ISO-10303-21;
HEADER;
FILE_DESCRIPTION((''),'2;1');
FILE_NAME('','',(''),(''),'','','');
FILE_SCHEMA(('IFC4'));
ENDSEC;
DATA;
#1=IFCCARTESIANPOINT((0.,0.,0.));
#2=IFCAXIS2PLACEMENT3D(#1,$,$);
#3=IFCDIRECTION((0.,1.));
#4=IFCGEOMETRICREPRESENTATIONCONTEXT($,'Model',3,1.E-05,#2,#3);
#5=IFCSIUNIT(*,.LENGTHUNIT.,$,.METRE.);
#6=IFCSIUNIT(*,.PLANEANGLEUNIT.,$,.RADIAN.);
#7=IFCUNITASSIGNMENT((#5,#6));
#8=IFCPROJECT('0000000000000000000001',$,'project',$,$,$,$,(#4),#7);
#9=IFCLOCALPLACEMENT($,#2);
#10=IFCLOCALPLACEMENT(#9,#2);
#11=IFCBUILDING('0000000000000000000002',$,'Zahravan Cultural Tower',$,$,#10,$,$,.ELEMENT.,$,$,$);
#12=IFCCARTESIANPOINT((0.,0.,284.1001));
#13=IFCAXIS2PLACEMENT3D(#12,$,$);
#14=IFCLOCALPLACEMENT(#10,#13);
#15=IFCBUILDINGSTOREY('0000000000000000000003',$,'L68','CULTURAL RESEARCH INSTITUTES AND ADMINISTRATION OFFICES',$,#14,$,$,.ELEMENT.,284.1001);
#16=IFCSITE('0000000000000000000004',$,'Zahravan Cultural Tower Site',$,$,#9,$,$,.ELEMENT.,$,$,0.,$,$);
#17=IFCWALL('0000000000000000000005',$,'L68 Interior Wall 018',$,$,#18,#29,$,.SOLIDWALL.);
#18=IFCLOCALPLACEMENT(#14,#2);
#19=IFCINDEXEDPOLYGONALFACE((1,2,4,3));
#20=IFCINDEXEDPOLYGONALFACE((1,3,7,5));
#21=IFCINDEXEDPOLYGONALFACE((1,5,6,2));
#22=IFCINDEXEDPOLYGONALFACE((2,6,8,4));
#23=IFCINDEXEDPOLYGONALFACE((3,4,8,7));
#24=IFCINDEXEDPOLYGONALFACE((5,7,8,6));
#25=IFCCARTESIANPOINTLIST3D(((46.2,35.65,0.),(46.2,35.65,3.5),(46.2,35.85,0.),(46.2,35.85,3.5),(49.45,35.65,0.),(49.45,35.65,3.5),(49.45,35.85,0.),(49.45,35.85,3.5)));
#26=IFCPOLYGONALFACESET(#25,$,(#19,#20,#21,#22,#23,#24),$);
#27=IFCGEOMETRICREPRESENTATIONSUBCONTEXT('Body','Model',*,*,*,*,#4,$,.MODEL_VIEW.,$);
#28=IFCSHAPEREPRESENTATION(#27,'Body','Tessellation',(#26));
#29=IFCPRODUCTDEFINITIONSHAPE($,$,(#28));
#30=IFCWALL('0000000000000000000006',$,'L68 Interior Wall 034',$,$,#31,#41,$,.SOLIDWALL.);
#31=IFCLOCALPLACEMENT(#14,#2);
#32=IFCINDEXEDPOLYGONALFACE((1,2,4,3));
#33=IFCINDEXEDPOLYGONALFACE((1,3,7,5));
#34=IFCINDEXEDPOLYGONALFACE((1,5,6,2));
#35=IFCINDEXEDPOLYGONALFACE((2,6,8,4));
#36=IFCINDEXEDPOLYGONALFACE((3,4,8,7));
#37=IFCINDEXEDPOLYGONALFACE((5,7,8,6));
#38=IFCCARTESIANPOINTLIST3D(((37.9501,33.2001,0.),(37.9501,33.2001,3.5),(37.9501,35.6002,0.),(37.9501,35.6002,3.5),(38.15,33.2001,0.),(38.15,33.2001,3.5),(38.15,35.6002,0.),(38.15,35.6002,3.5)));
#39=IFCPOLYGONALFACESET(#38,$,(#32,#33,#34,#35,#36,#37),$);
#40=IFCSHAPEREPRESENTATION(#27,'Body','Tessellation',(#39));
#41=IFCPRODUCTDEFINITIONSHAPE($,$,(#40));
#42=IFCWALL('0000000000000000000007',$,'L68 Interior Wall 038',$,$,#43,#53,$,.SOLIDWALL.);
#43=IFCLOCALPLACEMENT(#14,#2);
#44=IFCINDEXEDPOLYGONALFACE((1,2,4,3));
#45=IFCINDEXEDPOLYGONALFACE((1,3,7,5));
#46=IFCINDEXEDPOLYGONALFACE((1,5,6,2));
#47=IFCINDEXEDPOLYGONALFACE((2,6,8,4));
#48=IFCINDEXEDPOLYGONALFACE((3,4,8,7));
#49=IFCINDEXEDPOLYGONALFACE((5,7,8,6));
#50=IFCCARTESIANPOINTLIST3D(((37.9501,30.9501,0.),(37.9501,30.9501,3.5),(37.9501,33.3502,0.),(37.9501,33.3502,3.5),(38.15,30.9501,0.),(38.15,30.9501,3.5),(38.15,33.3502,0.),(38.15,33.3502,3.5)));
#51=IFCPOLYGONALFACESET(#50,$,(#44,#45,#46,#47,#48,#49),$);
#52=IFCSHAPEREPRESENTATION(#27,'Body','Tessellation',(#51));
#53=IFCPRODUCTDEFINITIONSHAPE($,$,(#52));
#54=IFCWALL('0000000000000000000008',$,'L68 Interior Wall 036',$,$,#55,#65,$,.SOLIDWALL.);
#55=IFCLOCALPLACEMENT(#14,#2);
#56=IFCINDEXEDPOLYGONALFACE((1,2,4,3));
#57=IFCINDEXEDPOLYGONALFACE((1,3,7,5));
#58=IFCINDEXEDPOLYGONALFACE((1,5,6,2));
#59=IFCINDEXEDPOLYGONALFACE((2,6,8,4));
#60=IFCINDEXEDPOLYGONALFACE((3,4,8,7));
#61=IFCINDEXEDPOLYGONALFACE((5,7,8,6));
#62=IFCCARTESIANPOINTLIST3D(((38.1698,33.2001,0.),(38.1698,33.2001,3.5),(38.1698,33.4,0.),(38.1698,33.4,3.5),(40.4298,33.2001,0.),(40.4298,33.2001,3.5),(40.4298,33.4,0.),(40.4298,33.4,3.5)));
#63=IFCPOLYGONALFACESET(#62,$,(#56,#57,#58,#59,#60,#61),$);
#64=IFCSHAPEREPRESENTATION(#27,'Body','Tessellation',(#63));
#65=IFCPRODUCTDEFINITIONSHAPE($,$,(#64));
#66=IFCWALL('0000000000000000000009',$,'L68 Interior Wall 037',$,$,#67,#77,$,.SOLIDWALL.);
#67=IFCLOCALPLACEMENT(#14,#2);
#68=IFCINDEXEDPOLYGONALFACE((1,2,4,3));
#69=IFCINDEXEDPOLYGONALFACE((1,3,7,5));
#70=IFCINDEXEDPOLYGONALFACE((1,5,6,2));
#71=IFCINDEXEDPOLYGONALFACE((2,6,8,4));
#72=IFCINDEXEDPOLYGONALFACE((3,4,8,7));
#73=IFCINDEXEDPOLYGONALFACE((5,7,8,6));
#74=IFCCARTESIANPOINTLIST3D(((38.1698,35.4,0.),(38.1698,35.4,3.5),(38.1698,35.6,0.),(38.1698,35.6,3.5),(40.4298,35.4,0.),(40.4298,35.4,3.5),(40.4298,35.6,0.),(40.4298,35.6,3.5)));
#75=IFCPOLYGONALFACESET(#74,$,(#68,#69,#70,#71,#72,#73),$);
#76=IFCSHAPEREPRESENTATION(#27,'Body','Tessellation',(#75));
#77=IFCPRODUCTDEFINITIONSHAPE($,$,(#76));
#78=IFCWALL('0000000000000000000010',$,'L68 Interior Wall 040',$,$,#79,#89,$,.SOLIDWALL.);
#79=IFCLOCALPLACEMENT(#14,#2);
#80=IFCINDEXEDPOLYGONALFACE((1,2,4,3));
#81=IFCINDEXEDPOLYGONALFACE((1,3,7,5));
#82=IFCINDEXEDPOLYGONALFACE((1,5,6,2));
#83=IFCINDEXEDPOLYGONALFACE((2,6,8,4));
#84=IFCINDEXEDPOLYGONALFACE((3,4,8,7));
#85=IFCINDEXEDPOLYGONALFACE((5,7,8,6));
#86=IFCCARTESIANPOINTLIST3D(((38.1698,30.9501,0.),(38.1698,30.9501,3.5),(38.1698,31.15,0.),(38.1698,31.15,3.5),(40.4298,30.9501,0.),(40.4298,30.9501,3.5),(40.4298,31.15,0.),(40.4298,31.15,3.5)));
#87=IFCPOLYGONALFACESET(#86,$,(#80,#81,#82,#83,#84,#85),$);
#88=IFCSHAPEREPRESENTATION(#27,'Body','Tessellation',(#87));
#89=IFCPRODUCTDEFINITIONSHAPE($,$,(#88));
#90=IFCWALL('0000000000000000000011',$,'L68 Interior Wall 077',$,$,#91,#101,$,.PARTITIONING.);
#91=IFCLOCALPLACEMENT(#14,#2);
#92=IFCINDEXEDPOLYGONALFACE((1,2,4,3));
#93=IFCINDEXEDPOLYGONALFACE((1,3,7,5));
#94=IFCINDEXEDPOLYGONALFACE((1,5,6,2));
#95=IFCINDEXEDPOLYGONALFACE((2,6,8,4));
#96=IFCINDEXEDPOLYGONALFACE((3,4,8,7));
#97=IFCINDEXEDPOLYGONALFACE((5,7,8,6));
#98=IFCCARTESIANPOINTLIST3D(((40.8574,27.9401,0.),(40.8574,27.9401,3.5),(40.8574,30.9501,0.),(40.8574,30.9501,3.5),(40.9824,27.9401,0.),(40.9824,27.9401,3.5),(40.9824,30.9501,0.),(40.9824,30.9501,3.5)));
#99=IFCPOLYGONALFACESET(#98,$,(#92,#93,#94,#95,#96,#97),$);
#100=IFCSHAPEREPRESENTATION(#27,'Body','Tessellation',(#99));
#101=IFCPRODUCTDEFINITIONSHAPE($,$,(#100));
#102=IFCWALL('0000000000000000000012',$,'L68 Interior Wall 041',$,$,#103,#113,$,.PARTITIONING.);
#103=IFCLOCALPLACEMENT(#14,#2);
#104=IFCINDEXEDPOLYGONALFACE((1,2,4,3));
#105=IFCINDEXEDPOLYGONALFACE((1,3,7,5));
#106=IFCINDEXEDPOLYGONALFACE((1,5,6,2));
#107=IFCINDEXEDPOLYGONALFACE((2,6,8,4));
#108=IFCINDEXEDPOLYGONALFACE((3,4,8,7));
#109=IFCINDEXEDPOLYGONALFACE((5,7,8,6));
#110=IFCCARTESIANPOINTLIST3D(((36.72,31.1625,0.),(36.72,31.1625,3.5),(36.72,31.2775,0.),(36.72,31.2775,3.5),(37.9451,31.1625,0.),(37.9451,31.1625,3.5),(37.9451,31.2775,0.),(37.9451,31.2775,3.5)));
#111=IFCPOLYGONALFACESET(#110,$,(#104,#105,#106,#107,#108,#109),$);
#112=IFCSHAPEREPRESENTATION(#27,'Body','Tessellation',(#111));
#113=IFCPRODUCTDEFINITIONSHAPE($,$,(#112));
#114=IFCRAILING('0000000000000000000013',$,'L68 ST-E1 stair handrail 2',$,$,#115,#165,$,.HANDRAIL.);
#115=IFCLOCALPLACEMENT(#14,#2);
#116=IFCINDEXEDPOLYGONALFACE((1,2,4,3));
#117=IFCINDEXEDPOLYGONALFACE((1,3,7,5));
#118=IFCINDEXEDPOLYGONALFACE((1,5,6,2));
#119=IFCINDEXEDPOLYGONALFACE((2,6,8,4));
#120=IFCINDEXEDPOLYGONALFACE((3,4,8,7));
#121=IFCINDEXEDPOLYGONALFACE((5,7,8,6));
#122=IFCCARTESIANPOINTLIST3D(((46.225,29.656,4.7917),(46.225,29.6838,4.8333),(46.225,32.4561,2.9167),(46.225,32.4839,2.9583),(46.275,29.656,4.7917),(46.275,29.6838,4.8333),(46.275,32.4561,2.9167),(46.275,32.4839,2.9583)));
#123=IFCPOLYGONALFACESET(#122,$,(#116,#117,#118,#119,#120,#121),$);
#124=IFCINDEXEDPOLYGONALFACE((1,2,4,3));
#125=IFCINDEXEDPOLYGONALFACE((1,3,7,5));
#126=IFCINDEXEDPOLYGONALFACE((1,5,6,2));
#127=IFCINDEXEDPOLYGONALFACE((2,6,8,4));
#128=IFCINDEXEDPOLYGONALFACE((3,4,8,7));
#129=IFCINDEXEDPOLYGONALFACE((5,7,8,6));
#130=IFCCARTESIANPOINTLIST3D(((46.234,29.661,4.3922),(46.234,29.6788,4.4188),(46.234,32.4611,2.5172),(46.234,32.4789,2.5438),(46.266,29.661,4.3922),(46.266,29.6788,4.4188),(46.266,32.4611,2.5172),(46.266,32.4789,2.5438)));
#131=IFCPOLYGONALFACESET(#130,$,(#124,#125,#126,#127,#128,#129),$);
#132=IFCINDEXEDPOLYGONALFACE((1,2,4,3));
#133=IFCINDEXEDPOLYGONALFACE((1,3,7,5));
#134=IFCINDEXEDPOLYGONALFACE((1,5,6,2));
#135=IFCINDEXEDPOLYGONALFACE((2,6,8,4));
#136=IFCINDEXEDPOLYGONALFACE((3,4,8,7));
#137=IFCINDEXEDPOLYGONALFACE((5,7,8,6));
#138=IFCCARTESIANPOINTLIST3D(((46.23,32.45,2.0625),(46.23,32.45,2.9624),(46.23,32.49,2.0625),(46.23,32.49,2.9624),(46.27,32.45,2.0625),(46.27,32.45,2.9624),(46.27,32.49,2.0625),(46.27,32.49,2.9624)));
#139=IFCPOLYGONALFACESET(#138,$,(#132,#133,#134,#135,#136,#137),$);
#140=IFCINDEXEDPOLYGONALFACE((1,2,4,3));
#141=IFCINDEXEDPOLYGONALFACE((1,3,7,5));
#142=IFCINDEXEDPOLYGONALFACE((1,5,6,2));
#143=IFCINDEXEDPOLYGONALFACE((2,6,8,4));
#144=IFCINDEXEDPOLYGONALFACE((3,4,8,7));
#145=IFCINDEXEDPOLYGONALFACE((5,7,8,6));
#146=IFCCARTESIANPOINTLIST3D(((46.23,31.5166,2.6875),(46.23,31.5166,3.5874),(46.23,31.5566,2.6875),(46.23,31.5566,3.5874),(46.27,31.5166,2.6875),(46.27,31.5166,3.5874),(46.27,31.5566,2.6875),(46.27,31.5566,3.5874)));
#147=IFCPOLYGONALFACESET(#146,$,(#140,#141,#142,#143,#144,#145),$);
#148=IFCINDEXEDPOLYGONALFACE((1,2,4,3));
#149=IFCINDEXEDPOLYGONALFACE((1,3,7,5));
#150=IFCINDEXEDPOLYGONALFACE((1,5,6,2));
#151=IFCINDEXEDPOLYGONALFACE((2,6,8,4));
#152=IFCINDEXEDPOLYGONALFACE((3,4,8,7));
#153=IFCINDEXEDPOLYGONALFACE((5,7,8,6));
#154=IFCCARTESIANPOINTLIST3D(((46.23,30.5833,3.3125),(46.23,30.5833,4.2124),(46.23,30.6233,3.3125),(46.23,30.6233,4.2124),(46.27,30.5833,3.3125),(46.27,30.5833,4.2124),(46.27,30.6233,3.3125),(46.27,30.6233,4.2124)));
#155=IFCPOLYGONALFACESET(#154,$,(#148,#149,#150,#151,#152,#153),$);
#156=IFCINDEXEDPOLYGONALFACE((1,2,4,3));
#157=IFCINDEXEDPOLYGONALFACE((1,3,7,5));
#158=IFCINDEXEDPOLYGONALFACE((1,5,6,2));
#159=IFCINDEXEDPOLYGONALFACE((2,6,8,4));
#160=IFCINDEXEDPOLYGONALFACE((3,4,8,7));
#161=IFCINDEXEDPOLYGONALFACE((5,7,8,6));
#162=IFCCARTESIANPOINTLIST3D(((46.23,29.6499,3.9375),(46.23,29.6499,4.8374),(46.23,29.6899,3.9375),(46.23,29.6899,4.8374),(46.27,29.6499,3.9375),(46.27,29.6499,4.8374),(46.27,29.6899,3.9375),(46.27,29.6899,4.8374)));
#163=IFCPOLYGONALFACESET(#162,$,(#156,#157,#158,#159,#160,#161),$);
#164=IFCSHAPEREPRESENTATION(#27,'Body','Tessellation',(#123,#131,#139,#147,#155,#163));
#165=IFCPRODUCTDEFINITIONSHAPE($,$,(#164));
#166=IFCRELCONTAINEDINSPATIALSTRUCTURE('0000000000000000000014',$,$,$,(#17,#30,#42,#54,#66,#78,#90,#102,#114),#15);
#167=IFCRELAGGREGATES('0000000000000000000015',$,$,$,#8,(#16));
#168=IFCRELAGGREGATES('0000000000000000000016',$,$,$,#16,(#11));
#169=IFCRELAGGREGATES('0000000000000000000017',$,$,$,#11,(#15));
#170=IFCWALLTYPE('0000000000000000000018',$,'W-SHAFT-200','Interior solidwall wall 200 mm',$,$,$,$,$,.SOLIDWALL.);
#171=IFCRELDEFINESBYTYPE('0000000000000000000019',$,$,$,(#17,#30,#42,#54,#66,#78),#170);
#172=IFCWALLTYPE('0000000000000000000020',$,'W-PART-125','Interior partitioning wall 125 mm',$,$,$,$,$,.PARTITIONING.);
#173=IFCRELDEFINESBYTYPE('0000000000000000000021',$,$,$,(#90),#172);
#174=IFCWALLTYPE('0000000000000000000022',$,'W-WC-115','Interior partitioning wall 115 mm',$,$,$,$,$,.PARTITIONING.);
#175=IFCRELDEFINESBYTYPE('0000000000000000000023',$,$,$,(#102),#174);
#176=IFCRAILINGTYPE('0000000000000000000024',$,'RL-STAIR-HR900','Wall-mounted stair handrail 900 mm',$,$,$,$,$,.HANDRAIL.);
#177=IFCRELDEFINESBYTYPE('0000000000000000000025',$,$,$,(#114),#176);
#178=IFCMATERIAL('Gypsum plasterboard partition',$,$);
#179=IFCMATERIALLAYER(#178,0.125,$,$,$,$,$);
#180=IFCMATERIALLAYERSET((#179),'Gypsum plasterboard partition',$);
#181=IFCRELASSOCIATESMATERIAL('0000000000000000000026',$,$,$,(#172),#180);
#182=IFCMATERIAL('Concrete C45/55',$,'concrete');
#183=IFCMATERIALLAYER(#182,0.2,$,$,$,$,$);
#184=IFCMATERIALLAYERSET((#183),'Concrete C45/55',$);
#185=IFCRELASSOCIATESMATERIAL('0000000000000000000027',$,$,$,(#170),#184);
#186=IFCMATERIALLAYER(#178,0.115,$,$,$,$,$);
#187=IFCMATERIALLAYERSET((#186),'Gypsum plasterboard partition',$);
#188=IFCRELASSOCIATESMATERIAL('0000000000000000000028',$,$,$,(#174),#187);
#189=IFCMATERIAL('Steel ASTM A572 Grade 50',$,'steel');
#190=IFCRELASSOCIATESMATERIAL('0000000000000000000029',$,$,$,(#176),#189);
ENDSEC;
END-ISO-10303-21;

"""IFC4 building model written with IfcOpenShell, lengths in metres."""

from ifc_helpers import new_model, si_unit, direction, frame, frame_2d, origin, origin_2d, place, context, subcontext, project, spatial, rectangle, extrude, source, transform, mapped, material, layer, layer_set, type_object, element, save


model = new_model("IFC4")

# Units and contexts
model_context = context("Model", 3, precision=1e-05, world=origin(), true_north=direction((0.0, 1.0)))
body_context = subcontext(model_context, "Body", "Model", "MODEL_VIEW")
ifc_project = project(units=[si_unit("LENGTHUNIT", "METRE"), si_unit("PLANEANGLEUNIT", "RADIAN")], contexts=[model_context])

# Site, building, storey
site_placement = place(None, origin())
site = spatial("IfcSite", under=ifc_project, at=site_placement, Name="Zahravan Cultural Tower Site", CompositionType="ELEMENT", RefElevation=0.0)
building_placement = place(site_placement, origin())
building = spatial("IfcBuilding", under=site, at=building_placement, Name="Zahravan Cultural Tower", CompositionType="ELEMENT")
storey_placement = place(building_placement, frame((0.0, 0.0, 284.1001)))
storey = spatial("IfcBuildingStorey", under=building, at=storey_placement, Name="L68", Description="CULTURAL RESEARCH INSTITUTES AND ADMINISTRATION OFFICES", CompositionType="ELEMENT", Elevation=284.1001)

# Shared definitions
ifc_material_1 = material(Name="Steel ASTM A572 Grade 50", Category="steel")
ifc_material_2 = material(Name="Gypsum plasterboard partition")
ifc_layer_1 = layer(ifc_material_2, 0.125)
ifc_layer_set_1 = layer_set([ifc_layer_1], Name="Gypsum plasterboard partition")
wall_type_1 = type_object("IfcWallType", Name="W-PART-125", Description="Interior partitioning wall 125 mm", PredefinedType="PARTITIONING", material=ifc_layer_set_1)
ifc_material_3 = material(Name="Concrete C45/55", Category="concrete")
ifc_layer_2 = layer(ifc_material_3, 0.2)
ifc_layer_set_2 = layer_set([ifc_layer_2], Name="Concrete C45/55")
wall_type_2 = type_object("IfcWallType", Name="W-SHAFT-200", Description="Interior solidwall wall 200 mm", PredefinedType="SOLIDWALL", material=ifc_layer_set_2)
ifc_layer_3 = layer(ifc_material_2, 0.115)
ifc_layer_set_3 = layer_set([ifc_layer_3], Name="Gypsum plasterboard partition")
wall_type_3 = type_object("IfcWallType", Name="W-WC-115", Description="Interior partitioning wall 115 mm", PredefinedType="PARTITIONING", material=ifc_layer_set_3)

# Walls
shared_shape_1 = source(origin(), body_context, "Body", "SweptSolid", [
    extrude(rectangle(XDim=3.25, YDim=0.2, at=frame_2d((1.625, 0.0))), origin(), (0.0, 0.0, 1.0), 3.5),
])
wall_1_placement = place(storey_placement, frame((46.2, 35.75, 0.0), z_axis=(0.0, 0.0, 1.0), x_axis=(1.0, 0.0, 0.0)))
element("IfcWall", 1, at=wall_1_placement, inside=storey, type_object=wall_type_2, Name="L68 Interior Wall 018", PredefinedType="SOLIDWALL", context=body_context, shape_type="MappedRepresentation", body=[
    mapped(shared_shape_1, transform((0.0, 0.0, 0.0), x_axis=(1.0, 0.0, 0.0), y_axis=(0.0, 1.0, 0.0), z_axis=(0.0, 0.0, 1.0), scale=1.0)),
])
shared_shape_2 = source(origin(), body_context, "Body", "SweptSolid", [
    extrude(rectangle(XDim=2.4001, YDim=0.2, at=frame_2d((1.2002, 0.0))), origin(), (0.0, 0.0, 1.0), 3.5),
])
for number, where, z_axis, x_axis, name in (
    (2, (38.05, 33.2, 0.0), (0.0, 0.0, 1.0), (0.0, 1.0, 0.0), "L68 Interior Wall 034"),
    (3, (38.05, 30.95, 0.0), (0.0, 0.0, 1.0), (0.0, 1.0, 0.0), "L68 Interior Wall 038"),
):
    element("IfcWall", number, at=place(storey_placement, frame(where, z_axis=z_axis, x_axis=x_axis)), inside=storey, type_object=wall_type_2, Name=name, PredefinedType="SOLIDWALL", context=body_context, shape_type="MappedRepresentation", body=[
        mapped(shared_shape_2, transform((0.0, 0.0, 0.0), x_axis=(1.0, 0.0, 0.0), y_axis=(0.0, 1.0, 0.0), z_axis=(0.0, 0.0, 1.0), scale=1.0)),
    ])
shared_shape_3 = source(origin(), body_context, "Body", "SweptSolid", [
    extrude(rectangle(XDim=2.26, YDim=0.2, at=frame_2d((1.1299, 0.0))), origin(), (0.0, 0.0, 1.0), 3.5),
])
for number, where, z_axis, x_axis, name in (
    (4, (38.1699, 33.3, 0.0), (0.0, 0.0, 1.0), (1.0, 0.0, 0.0), "L68 Interior Wall 036"),
    (5, (38.1699, 35.5, 0.0), (0.0, 0.0, 1.0), (1.0, 0.0, 0.0), "L68 Interior Wall 037"),
    (6, (38.1699, 31.05, 0.0), (0.0, 0.0, 1.0), (1.0, 0.0, 0.0), "L68 Interior Wall 040"),
):
    element("IfcWall", number, at=place(storey_placement, frame(where, z_axis=z_axis, x_axis=x_axis)), inside=storey, type_object=wall_type_2, Name=name, PredefinedType="SOLIDWALL", context=body_context, shape_type="MappedRepresentation", body=[
        mapped(shared_shape_3, transform((0.0, 0.0, 0.0), x_axis=(1.0, 0.0, 0.0), y_axis=(0.0, 1.0, 0.0), z_axis=(0.0, 0.0, 1.0), scale=1.0)),
    ])
shared_shape_4 = source(origin(), body_context, "Body", "SweptSolid", [
    extrude(rectangle(XDim=3.01, YDim=0.125, at=frame_2d((1.5049, 0.0))), origin(), (0.0, 0.0, 1.0), 3.5),
])
wall_2_placement = place(storey_placement, frame((40.9199, 30.95, 0.0), z_axis=(0.0, 0.0, 1.0), x_axis=(0.0, -1.0, 0.0)))
element("IfcWall", 7, at=wall_2_placement, inside=storey, type_object=wall_type_1, Name="L68 Interior Wall 077", PredefinedType="PARTITIONING", context=body_context, shape_type="MappedRepresentation", body=[
    mapped(shared_shape_4, transform((0.0, 0.0, 0.0), x_axis=(1.0, 0.0, 0.0), y_axis=(0.0, 1.0, 0.0), z_axis=(0.0, 0.0, 1.0), scale=1.0)),
])
shared_shape_5 = source(origin(), body_context, "Body", "SweptSolid", [
    extrude(rectangle(XDim=1.2251, YDim=0.115, at=frame_2d((0.6125, 0.0))), origin(), (0.0, 0.0, 1.0), 3.5),
])
wall_3_placement = place(storey_placement, frame((37.9451, 31.22, 0.0), z_axis=(0.0, 0.0, 1.0), x_axis=(-1.0, 0.0, 0.0)))
element("IfcWall", 8, at=wall_3_placement, inside=storey, type_object=wall_type_3, Name="L68 Interior Wall 041", PredefinedType="PARTITIONING", context=body_context, shape_type="MappedRepresentation", body=[
    mapped(shared_shape_5, transform((0.0, 0.0, 0.0), x_axis=(1.0, 0.0, 0.0), y_axis=(0.0, 1.0, 0.0), z_axis=(0.0, 0.0, 1.0), scale=1.0)),
])

# Railing
railing_type = type_object("IfcRailingType", Name="RL-STAIR-HR900", Description="Wall-mounted stair handrail 900 mm", PredefinedType="HANDRAIL", material=ifc_material_1)
railing_placement = place(storey_placement, frame((46.25, 32.47, 2.0625)))
element("IfcRailing", 9, at=railing_placement, inside=storey, type_object=railing_type, Name="L68 ST-E1 stair handrail 2", PredefinedType="HANDRAIL", context=body_context, shape_type="SweptSolid", body=[
    extrude(rectangle(XDim=0.05, YDim=0.05, at=origin_2d()), frame((0.0, 0.0, 0.875), z_axis=(0.0, -0.830912, 0.556404), x_axis=(1.0, 0.0, 0.0)), (0.0, 0.0, 1.0), 3.3699),
    extrude(rectangle(XDim=0.032, YDim=0.032, at=origin_2d()), frame((0.0, 0.0, 0.468), z_axis=(0.0, -0.830912, 0.556404), x_axis=(1.0, 0.0, 0.0)), (0.0, 0.0, 1.0), 3.3699),
    extrude(rectangle(XDim=0.04, YDim=0.04, at=origin_2d()), origin(), (0.0, 0.0, 1.0), 0.8999),
    extrude(rectangle(XDim=0.04, YDim=0.04, at=origin_2d()), frame((0.0, -0.9333, 0.625)), (0.0, 0.0, 1.0), 0.8999),
    extrude(rectangle(XDim=0.04, YDim=0.04, at=origin_2d()), frame((0.0, -1.8667, 1.25)), (0.0, 0.0, 1.0), 0.8999),
    extrude(rectangle(XDim=0.04, YDim=0.04, at=origin_2d()), frame((0.0, -2.8, 1.875)), (0.0, 0.0, 1.0), 0.8999),
])

save(model, "model.ifc")
